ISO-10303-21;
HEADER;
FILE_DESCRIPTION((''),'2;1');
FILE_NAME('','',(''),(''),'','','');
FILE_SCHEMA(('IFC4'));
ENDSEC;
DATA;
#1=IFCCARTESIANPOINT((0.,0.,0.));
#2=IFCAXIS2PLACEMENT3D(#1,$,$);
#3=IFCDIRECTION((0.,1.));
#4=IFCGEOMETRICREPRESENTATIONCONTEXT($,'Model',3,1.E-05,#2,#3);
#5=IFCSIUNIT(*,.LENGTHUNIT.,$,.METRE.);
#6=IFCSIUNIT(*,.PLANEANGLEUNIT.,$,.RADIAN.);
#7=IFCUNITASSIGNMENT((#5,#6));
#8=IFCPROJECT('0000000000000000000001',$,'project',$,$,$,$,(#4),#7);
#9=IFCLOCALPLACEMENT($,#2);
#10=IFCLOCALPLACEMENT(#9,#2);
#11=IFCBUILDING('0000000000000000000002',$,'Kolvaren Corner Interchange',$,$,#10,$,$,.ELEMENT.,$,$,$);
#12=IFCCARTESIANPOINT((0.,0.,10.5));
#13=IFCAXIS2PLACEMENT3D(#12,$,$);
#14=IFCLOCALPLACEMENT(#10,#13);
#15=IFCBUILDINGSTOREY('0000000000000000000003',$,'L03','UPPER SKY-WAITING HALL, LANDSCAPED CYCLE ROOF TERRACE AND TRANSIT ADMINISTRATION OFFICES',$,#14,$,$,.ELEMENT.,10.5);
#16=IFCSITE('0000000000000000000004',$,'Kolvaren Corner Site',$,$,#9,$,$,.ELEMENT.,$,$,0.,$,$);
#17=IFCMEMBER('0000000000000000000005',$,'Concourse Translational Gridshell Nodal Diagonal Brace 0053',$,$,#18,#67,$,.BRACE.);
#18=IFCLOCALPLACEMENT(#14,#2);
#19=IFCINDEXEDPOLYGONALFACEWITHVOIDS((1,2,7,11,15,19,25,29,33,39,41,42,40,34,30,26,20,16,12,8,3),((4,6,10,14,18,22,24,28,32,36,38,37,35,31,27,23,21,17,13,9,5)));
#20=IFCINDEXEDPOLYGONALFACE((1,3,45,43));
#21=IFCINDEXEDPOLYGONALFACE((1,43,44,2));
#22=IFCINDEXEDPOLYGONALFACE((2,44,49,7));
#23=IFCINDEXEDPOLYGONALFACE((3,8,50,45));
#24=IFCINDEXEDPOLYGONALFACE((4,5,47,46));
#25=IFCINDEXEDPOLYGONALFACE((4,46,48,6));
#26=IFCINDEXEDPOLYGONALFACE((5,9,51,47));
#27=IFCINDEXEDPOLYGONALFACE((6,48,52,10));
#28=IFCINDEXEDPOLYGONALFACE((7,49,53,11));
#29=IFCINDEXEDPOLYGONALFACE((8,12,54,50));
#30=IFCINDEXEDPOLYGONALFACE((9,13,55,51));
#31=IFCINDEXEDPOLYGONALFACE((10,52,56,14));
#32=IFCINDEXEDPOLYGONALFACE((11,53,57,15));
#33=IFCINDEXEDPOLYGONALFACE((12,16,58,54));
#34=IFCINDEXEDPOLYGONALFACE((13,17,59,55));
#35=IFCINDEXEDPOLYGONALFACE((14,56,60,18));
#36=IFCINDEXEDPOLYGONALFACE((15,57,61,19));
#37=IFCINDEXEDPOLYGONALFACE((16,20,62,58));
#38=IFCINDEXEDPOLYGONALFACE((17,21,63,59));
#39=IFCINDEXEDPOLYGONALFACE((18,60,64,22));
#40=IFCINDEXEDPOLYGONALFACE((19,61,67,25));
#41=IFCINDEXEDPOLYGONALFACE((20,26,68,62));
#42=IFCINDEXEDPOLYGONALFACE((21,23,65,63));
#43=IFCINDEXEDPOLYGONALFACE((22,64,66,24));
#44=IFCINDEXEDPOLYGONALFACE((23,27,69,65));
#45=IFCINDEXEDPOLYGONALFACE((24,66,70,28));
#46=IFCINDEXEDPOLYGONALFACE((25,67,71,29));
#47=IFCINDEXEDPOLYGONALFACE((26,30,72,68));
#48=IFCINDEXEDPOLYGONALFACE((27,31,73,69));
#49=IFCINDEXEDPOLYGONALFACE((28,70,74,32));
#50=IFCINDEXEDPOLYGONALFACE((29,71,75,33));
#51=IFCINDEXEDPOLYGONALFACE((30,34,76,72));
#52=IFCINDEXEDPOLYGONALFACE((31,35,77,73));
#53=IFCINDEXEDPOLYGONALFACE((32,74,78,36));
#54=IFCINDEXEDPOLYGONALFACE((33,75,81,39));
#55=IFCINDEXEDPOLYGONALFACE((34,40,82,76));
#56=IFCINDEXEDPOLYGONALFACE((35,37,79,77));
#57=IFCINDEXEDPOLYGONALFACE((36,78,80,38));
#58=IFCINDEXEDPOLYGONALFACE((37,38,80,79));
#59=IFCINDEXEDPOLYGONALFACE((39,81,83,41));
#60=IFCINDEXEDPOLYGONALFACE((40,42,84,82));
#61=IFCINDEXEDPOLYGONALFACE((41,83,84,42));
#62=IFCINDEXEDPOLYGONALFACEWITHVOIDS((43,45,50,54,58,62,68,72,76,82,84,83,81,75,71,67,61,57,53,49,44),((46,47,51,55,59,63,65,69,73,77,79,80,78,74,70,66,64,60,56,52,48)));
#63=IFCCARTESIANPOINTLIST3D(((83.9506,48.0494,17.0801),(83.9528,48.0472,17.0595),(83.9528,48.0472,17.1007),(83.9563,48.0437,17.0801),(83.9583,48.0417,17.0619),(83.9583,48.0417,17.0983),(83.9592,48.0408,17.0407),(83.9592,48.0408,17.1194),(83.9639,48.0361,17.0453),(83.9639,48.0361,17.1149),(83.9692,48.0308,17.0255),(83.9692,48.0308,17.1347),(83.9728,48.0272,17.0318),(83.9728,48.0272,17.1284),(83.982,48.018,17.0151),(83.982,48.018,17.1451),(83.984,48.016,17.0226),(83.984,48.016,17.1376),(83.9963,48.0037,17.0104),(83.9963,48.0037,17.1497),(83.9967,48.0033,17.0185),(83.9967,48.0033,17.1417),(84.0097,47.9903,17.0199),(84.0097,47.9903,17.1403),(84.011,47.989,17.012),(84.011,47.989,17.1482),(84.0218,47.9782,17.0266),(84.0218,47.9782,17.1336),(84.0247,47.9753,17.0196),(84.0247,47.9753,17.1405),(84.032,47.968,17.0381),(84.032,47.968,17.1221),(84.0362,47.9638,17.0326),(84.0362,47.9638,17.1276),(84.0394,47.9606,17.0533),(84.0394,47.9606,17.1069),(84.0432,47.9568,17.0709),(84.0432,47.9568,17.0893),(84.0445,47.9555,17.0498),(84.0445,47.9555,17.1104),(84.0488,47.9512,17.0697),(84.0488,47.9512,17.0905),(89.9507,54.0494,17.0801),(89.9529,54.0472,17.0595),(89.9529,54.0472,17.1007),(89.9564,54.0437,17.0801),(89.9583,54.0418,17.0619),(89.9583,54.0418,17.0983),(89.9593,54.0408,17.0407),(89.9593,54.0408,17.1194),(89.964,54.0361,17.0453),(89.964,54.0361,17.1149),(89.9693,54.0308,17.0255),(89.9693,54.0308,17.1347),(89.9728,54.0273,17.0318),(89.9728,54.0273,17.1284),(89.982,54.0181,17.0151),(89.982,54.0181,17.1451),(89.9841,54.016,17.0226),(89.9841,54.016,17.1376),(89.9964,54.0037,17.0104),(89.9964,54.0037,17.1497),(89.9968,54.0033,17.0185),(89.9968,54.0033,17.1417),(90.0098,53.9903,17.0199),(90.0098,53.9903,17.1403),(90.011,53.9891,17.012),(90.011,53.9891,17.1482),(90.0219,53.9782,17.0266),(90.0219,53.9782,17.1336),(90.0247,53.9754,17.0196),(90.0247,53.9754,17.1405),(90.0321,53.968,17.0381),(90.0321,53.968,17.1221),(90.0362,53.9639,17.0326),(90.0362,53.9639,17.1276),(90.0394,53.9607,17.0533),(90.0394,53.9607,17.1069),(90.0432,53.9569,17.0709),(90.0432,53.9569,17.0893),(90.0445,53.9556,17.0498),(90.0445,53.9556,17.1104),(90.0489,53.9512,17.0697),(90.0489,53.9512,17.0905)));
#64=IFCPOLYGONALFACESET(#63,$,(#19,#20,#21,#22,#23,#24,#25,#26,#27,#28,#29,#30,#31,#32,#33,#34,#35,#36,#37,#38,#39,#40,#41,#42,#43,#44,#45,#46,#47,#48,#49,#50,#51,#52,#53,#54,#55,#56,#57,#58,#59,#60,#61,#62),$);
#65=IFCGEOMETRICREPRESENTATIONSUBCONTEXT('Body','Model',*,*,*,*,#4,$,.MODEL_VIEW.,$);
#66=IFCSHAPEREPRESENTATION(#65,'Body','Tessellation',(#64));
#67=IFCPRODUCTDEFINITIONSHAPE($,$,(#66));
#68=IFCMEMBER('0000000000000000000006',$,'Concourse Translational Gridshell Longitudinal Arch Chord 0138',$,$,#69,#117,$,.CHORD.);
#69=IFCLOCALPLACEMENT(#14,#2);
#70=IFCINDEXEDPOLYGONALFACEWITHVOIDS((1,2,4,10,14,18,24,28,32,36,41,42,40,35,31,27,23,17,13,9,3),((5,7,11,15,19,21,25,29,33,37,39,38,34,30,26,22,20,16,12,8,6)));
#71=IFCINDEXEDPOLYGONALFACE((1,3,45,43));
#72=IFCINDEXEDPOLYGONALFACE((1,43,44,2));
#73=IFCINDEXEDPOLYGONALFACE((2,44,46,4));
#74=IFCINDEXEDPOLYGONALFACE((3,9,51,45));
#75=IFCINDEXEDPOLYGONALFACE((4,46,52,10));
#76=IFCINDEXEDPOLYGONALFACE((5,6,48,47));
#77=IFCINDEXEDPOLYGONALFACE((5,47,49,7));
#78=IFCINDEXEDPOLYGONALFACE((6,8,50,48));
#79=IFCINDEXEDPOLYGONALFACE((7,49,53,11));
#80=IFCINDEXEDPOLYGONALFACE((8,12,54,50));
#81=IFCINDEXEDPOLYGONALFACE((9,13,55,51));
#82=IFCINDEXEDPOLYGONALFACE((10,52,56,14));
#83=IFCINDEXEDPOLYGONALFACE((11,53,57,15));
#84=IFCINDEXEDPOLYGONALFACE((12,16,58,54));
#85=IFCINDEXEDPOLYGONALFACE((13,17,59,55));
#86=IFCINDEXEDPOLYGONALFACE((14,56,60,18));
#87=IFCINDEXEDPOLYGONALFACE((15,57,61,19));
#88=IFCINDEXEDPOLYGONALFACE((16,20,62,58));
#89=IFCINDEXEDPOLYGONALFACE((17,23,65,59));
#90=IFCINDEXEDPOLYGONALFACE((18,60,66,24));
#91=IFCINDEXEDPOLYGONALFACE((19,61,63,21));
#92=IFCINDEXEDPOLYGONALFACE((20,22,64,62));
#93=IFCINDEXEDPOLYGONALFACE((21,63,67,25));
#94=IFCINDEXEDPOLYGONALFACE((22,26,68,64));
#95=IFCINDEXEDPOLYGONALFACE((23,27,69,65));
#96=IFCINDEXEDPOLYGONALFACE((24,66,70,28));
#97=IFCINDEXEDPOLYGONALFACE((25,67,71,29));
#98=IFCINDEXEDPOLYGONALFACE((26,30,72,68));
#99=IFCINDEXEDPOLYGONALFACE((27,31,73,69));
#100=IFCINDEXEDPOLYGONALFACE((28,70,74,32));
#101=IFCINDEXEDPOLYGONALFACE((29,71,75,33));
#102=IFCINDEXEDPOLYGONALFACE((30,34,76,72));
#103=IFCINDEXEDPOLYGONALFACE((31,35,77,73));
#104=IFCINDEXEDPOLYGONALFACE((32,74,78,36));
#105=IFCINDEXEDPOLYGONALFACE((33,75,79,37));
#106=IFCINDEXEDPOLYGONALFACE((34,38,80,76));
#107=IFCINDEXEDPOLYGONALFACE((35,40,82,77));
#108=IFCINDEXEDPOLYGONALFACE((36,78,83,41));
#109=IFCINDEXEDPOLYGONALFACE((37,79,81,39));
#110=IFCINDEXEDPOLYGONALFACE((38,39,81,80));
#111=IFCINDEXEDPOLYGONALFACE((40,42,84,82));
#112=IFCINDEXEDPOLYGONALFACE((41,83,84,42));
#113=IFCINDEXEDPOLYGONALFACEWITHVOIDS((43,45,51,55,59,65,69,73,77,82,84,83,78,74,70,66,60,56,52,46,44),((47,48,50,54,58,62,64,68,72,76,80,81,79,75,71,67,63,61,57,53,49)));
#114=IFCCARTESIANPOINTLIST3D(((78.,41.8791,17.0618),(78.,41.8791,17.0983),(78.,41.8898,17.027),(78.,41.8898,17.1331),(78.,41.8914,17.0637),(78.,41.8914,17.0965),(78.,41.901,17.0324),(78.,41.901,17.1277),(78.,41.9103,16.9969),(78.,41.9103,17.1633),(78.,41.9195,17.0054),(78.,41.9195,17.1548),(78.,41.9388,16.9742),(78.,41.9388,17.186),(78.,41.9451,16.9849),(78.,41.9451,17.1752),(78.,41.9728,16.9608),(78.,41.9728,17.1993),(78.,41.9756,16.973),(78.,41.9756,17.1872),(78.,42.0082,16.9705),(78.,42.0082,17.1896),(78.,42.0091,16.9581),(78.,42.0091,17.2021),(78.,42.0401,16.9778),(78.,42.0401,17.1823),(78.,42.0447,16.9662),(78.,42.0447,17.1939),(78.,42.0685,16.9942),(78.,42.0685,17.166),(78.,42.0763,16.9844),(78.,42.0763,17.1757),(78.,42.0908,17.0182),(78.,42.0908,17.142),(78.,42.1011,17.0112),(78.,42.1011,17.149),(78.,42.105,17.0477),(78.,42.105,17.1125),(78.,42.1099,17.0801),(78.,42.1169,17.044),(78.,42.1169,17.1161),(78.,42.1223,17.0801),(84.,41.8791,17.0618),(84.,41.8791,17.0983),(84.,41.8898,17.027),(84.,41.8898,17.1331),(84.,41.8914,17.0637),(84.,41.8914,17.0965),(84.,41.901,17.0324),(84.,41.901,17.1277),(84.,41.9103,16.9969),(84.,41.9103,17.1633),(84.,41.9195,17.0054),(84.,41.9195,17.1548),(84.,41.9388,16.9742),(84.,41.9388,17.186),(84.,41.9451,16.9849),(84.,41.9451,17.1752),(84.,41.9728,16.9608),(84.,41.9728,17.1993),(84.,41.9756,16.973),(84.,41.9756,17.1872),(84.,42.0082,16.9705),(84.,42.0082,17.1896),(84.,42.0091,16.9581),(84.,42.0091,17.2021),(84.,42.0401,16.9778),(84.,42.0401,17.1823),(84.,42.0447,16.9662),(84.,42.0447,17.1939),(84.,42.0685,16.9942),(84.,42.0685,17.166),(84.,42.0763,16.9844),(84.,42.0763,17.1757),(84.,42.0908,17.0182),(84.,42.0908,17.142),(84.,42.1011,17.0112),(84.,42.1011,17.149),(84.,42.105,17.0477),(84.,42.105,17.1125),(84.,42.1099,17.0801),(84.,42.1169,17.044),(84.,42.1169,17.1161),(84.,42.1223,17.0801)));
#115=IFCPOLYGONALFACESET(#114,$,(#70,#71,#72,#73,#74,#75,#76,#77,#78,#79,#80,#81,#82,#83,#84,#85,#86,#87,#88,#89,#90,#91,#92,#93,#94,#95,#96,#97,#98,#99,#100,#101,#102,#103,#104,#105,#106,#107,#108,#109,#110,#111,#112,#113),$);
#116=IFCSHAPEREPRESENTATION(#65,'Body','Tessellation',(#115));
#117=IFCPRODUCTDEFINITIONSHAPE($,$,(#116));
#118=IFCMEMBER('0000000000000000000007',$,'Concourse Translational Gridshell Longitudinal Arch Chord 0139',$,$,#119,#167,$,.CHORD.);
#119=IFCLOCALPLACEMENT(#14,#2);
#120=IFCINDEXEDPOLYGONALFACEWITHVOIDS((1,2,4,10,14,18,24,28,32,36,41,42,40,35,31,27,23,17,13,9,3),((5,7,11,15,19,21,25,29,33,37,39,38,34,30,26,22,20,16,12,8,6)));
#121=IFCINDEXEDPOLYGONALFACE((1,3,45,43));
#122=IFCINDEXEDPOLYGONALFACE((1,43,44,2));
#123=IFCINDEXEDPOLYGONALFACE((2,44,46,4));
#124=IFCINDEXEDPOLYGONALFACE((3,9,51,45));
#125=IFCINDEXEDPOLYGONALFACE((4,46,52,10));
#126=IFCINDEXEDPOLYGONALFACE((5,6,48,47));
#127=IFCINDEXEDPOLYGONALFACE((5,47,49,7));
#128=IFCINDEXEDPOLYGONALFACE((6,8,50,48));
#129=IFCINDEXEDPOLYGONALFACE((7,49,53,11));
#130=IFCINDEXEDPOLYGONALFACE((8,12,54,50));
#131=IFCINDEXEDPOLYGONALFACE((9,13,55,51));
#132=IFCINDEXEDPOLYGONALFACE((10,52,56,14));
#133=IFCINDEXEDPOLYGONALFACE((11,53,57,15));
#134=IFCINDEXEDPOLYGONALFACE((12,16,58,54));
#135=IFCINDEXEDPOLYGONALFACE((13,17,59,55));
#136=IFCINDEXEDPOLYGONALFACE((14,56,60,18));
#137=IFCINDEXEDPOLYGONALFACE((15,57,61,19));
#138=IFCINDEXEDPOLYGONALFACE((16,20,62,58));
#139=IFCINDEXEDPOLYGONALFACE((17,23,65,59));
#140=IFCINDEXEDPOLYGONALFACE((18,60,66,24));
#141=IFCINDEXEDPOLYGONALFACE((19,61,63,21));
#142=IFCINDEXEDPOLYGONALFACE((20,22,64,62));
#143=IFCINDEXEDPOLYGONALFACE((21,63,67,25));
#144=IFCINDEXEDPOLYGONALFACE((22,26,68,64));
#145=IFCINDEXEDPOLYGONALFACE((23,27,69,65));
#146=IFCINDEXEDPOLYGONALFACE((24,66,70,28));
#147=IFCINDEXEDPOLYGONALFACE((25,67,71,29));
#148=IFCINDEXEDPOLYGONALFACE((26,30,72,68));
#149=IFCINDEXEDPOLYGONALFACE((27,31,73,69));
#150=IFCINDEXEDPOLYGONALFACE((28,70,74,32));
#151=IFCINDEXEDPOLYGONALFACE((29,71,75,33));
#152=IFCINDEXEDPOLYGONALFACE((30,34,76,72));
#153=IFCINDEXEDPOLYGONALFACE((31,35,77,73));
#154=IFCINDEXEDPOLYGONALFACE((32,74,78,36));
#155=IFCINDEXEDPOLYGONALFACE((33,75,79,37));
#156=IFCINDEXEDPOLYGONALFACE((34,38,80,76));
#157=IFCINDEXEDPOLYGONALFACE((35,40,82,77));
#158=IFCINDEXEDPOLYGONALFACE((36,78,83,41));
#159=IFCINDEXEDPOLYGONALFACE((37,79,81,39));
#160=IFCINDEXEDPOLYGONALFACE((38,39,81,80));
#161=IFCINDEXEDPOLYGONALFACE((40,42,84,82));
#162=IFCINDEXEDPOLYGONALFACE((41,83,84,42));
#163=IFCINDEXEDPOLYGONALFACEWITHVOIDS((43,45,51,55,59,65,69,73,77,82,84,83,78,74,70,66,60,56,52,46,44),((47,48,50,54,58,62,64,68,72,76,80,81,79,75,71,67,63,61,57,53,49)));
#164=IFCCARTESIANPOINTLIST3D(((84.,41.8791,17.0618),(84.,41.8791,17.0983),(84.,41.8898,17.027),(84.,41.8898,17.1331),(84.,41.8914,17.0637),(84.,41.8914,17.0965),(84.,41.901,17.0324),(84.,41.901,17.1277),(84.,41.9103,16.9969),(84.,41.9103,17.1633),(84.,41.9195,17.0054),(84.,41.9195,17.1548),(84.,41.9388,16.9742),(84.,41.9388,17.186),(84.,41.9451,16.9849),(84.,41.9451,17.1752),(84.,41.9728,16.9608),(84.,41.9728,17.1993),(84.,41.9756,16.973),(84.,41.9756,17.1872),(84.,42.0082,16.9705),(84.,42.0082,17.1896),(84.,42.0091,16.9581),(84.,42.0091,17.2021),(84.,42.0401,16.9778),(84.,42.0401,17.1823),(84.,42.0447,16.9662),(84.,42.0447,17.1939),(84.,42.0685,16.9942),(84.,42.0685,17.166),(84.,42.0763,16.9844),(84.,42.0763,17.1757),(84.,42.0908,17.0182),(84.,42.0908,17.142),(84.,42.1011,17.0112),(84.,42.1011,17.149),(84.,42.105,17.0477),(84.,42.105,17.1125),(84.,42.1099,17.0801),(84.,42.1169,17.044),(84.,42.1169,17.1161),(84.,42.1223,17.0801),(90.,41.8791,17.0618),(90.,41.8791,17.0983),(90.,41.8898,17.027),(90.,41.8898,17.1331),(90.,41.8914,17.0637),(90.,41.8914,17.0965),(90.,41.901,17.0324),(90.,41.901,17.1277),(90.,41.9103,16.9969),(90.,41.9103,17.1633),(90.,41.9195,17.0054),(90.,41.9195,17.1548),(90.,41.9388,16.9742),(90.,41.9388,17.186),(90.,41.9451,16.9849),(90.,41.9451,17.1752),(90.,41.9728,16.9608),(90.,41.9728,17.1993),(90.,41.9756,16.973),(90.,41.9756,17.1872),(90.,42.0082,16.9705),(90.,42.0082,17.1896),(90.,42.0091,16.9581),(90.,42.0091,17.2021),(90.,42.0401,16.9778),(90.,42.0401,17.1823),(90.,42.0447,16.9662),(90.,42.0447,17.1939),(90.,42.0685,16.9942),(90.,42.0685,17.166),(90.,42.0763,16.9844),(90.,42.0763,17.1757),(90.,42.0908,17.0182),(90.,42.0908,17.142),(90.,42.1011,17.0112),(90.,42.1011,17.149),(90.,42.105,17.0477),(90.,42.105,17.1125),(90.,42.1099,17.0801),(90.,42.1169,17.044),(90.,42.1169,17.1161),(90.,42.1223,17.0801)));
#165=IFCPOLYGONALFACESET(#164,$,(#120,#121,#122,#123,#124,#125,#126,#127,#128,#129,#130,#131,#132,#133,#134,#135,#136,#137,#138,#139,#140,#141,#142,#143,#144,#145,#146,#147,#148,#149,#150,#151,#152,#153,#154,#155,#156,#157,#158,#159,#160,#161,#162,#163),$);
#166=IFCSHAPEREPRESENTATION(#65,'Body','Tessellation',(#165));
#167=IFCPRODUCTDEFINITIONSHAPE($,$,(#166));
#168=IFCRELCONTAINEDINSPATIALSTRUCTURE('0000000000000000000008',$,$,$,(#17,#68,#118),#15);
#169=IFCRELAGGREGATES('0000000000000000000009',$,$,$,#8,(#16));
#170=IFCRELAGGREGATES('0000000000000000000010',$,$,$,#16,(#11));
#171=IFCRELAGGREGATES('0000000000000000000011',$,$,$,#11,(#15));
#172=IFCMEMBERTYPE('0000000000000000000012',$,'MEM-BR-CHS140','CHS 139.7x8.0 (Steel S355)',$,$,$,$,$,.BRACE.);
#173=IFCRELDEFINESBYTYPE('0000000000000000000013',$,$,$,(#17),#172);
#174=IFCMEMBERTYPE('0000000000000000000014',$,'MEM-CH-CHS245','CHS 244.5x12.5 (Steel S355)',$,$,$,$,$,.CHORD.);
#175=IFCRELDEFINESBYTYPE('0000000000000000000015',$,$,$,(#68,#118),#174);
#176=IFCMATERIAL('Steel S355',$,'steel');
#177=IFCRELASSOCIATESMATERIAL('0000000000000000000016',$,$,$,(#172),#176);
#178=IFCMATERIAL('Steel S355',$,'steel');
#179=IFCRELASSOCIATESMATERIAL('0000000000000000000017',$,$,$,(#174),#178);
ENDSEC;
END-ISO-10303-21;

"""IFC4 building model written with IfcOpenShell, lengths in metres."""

from ifc_helpers import new_model, si_unit, direction, frame, origin, origin_2d, place, context, subcontext, project, spatial, hollow_circle, extrude, material, material_profile, profile_set, type_object, element, save


model = new_model("IFC4")

# Units and contexts
model_context = context("Model", 3, precision=1e-05, world=origin(), true_north=direction((0.0, 1.0)))
body_context = subcontext(model_context, "Body", "Model", "MODEL_VIEW")
ifc_project = project(units=[si_unit("LENGTHUNIT", "METRE"), si_unit("PLANEANGLEUNIT", "RADIAN")], contexts=[model_context])

# Site, building, storey
site_placement = place(None, origin())
site = spatial("IfcSite", under=ifc_project, at=site_placement, Name="Kolvaren Corner Site", CompositionType="ELEMENT", RefElevation=0.0)
building_placement = place(site_placement, origin())
building = spatial("IfcBuilding", under=site, at=building_placement, Name="Kolvaren Corner Interchange", CompositionType="ELEMENT")
storey_placement = place(building_placement, frame((0.0, 0.0, 10.5)))
storey = spatial("IfcBuildingStorey", under=building, at=storey_placement, Name="L03", Description="UPPER SKY-WAITING HALL, LANDSCAPED CYCLE ROOF TERRACE AND TRANSIT ADMINISTRATION OFFICES", CompositionType="ELEMENT", Elevation=10.5)

# Members
ifc_material_1 = material(Name="Steel S355", Category="steel")
ifc_material_profile_1 = material_profile(ifc_material_1, hollow_circle(Radius=0.0698, WallThickness=0.0081, at=origin_2d()), Name="CHS 139.7x8.0")
ifc_profile_set_1 = profile_set([ifc_material_profile_1], Name="Steel S355")
member_type_1 = type_object("IfcMemberType", Name="MEM-BR-CHS140", Description="CHS 139.7x8.0 (Steel S355)", PredefinedType="BRACE", material=ifc_profile_set_1)
for number, where, z_axis, x_axis, name in (
    (1, (84.0, 48.0, 17.0801), (0.707107, 0.707107, 0.0), (-0.707107, 0.707107, 0.0), "Concourse Translational Gridshell Nodal Diagonal Brace 0053"),
):
    element("IfcMember", number, at=place(storey_placement, frame(where, z_axis=z_axis, x_axis=x_axis)), inside=storey, type_object=member_type_1, Name=name, PredefinedType="BRACE", context=body_context, shape_type="SweptSolid", body=[
        extrude(hollow_circle(Radius=0.0698, WallThickness=0.0081, at=origin_2d()), origin(), (0.0, 0.0, 1.0), 8.4854),
    ])
ifc_material_2 = material(Name="Steel S355", Category="steel")
ifc_material_profile_2 = material_profile(ifc_material_2, hollow_circle(Radius=0.1223, WallThickness=0.0125, at=origin_2d()), Name="CHS 244.5x12.5")
ifc_profile_set_2 = profile_set([ifc_material_profile_2], Name="Steel S355")
member_type_2 = type_object("IfcMemberType", Name="MEM-CH-CHS245", Description="CHS 244.5x12.5 (Steel S355)", PredefinedType="CHORD", material=ifc_profile_set_2)
for number, where, z_axis, x_axis, name in (
    (2, (78.0, 42.0, 17.0801), (1.0, 0.0, 0.0), (0.0, 1.0, 0.0), "Concourse Translational Gridshell Longitudinal Arch Chord 0138"),
    (3, (84.0, 42.0, 17.0801), (1.0, 0.0, 0.0), (0.0, 1.0, 0.0), "Concourse Translational Gridshell Longitudinal Arch Chord 0139"),
):
    element("IfcMember", number, at=place(storey_placement, frame(where, z_axis=z_axis, x_axis=x_axis)), inside=storey, type_object=member_type_2, Name=name, PredefinedType="CHORD", context=body_context, shape_type="SweptSolid", body=[
        extrude(hollow_circle(Radius=0.1223, WallThickness=0.0125, at=origin_2d()), origin(), (0.0, 0.0, 1.0), 6.0),
    ])

save(model, "model.ifc")
